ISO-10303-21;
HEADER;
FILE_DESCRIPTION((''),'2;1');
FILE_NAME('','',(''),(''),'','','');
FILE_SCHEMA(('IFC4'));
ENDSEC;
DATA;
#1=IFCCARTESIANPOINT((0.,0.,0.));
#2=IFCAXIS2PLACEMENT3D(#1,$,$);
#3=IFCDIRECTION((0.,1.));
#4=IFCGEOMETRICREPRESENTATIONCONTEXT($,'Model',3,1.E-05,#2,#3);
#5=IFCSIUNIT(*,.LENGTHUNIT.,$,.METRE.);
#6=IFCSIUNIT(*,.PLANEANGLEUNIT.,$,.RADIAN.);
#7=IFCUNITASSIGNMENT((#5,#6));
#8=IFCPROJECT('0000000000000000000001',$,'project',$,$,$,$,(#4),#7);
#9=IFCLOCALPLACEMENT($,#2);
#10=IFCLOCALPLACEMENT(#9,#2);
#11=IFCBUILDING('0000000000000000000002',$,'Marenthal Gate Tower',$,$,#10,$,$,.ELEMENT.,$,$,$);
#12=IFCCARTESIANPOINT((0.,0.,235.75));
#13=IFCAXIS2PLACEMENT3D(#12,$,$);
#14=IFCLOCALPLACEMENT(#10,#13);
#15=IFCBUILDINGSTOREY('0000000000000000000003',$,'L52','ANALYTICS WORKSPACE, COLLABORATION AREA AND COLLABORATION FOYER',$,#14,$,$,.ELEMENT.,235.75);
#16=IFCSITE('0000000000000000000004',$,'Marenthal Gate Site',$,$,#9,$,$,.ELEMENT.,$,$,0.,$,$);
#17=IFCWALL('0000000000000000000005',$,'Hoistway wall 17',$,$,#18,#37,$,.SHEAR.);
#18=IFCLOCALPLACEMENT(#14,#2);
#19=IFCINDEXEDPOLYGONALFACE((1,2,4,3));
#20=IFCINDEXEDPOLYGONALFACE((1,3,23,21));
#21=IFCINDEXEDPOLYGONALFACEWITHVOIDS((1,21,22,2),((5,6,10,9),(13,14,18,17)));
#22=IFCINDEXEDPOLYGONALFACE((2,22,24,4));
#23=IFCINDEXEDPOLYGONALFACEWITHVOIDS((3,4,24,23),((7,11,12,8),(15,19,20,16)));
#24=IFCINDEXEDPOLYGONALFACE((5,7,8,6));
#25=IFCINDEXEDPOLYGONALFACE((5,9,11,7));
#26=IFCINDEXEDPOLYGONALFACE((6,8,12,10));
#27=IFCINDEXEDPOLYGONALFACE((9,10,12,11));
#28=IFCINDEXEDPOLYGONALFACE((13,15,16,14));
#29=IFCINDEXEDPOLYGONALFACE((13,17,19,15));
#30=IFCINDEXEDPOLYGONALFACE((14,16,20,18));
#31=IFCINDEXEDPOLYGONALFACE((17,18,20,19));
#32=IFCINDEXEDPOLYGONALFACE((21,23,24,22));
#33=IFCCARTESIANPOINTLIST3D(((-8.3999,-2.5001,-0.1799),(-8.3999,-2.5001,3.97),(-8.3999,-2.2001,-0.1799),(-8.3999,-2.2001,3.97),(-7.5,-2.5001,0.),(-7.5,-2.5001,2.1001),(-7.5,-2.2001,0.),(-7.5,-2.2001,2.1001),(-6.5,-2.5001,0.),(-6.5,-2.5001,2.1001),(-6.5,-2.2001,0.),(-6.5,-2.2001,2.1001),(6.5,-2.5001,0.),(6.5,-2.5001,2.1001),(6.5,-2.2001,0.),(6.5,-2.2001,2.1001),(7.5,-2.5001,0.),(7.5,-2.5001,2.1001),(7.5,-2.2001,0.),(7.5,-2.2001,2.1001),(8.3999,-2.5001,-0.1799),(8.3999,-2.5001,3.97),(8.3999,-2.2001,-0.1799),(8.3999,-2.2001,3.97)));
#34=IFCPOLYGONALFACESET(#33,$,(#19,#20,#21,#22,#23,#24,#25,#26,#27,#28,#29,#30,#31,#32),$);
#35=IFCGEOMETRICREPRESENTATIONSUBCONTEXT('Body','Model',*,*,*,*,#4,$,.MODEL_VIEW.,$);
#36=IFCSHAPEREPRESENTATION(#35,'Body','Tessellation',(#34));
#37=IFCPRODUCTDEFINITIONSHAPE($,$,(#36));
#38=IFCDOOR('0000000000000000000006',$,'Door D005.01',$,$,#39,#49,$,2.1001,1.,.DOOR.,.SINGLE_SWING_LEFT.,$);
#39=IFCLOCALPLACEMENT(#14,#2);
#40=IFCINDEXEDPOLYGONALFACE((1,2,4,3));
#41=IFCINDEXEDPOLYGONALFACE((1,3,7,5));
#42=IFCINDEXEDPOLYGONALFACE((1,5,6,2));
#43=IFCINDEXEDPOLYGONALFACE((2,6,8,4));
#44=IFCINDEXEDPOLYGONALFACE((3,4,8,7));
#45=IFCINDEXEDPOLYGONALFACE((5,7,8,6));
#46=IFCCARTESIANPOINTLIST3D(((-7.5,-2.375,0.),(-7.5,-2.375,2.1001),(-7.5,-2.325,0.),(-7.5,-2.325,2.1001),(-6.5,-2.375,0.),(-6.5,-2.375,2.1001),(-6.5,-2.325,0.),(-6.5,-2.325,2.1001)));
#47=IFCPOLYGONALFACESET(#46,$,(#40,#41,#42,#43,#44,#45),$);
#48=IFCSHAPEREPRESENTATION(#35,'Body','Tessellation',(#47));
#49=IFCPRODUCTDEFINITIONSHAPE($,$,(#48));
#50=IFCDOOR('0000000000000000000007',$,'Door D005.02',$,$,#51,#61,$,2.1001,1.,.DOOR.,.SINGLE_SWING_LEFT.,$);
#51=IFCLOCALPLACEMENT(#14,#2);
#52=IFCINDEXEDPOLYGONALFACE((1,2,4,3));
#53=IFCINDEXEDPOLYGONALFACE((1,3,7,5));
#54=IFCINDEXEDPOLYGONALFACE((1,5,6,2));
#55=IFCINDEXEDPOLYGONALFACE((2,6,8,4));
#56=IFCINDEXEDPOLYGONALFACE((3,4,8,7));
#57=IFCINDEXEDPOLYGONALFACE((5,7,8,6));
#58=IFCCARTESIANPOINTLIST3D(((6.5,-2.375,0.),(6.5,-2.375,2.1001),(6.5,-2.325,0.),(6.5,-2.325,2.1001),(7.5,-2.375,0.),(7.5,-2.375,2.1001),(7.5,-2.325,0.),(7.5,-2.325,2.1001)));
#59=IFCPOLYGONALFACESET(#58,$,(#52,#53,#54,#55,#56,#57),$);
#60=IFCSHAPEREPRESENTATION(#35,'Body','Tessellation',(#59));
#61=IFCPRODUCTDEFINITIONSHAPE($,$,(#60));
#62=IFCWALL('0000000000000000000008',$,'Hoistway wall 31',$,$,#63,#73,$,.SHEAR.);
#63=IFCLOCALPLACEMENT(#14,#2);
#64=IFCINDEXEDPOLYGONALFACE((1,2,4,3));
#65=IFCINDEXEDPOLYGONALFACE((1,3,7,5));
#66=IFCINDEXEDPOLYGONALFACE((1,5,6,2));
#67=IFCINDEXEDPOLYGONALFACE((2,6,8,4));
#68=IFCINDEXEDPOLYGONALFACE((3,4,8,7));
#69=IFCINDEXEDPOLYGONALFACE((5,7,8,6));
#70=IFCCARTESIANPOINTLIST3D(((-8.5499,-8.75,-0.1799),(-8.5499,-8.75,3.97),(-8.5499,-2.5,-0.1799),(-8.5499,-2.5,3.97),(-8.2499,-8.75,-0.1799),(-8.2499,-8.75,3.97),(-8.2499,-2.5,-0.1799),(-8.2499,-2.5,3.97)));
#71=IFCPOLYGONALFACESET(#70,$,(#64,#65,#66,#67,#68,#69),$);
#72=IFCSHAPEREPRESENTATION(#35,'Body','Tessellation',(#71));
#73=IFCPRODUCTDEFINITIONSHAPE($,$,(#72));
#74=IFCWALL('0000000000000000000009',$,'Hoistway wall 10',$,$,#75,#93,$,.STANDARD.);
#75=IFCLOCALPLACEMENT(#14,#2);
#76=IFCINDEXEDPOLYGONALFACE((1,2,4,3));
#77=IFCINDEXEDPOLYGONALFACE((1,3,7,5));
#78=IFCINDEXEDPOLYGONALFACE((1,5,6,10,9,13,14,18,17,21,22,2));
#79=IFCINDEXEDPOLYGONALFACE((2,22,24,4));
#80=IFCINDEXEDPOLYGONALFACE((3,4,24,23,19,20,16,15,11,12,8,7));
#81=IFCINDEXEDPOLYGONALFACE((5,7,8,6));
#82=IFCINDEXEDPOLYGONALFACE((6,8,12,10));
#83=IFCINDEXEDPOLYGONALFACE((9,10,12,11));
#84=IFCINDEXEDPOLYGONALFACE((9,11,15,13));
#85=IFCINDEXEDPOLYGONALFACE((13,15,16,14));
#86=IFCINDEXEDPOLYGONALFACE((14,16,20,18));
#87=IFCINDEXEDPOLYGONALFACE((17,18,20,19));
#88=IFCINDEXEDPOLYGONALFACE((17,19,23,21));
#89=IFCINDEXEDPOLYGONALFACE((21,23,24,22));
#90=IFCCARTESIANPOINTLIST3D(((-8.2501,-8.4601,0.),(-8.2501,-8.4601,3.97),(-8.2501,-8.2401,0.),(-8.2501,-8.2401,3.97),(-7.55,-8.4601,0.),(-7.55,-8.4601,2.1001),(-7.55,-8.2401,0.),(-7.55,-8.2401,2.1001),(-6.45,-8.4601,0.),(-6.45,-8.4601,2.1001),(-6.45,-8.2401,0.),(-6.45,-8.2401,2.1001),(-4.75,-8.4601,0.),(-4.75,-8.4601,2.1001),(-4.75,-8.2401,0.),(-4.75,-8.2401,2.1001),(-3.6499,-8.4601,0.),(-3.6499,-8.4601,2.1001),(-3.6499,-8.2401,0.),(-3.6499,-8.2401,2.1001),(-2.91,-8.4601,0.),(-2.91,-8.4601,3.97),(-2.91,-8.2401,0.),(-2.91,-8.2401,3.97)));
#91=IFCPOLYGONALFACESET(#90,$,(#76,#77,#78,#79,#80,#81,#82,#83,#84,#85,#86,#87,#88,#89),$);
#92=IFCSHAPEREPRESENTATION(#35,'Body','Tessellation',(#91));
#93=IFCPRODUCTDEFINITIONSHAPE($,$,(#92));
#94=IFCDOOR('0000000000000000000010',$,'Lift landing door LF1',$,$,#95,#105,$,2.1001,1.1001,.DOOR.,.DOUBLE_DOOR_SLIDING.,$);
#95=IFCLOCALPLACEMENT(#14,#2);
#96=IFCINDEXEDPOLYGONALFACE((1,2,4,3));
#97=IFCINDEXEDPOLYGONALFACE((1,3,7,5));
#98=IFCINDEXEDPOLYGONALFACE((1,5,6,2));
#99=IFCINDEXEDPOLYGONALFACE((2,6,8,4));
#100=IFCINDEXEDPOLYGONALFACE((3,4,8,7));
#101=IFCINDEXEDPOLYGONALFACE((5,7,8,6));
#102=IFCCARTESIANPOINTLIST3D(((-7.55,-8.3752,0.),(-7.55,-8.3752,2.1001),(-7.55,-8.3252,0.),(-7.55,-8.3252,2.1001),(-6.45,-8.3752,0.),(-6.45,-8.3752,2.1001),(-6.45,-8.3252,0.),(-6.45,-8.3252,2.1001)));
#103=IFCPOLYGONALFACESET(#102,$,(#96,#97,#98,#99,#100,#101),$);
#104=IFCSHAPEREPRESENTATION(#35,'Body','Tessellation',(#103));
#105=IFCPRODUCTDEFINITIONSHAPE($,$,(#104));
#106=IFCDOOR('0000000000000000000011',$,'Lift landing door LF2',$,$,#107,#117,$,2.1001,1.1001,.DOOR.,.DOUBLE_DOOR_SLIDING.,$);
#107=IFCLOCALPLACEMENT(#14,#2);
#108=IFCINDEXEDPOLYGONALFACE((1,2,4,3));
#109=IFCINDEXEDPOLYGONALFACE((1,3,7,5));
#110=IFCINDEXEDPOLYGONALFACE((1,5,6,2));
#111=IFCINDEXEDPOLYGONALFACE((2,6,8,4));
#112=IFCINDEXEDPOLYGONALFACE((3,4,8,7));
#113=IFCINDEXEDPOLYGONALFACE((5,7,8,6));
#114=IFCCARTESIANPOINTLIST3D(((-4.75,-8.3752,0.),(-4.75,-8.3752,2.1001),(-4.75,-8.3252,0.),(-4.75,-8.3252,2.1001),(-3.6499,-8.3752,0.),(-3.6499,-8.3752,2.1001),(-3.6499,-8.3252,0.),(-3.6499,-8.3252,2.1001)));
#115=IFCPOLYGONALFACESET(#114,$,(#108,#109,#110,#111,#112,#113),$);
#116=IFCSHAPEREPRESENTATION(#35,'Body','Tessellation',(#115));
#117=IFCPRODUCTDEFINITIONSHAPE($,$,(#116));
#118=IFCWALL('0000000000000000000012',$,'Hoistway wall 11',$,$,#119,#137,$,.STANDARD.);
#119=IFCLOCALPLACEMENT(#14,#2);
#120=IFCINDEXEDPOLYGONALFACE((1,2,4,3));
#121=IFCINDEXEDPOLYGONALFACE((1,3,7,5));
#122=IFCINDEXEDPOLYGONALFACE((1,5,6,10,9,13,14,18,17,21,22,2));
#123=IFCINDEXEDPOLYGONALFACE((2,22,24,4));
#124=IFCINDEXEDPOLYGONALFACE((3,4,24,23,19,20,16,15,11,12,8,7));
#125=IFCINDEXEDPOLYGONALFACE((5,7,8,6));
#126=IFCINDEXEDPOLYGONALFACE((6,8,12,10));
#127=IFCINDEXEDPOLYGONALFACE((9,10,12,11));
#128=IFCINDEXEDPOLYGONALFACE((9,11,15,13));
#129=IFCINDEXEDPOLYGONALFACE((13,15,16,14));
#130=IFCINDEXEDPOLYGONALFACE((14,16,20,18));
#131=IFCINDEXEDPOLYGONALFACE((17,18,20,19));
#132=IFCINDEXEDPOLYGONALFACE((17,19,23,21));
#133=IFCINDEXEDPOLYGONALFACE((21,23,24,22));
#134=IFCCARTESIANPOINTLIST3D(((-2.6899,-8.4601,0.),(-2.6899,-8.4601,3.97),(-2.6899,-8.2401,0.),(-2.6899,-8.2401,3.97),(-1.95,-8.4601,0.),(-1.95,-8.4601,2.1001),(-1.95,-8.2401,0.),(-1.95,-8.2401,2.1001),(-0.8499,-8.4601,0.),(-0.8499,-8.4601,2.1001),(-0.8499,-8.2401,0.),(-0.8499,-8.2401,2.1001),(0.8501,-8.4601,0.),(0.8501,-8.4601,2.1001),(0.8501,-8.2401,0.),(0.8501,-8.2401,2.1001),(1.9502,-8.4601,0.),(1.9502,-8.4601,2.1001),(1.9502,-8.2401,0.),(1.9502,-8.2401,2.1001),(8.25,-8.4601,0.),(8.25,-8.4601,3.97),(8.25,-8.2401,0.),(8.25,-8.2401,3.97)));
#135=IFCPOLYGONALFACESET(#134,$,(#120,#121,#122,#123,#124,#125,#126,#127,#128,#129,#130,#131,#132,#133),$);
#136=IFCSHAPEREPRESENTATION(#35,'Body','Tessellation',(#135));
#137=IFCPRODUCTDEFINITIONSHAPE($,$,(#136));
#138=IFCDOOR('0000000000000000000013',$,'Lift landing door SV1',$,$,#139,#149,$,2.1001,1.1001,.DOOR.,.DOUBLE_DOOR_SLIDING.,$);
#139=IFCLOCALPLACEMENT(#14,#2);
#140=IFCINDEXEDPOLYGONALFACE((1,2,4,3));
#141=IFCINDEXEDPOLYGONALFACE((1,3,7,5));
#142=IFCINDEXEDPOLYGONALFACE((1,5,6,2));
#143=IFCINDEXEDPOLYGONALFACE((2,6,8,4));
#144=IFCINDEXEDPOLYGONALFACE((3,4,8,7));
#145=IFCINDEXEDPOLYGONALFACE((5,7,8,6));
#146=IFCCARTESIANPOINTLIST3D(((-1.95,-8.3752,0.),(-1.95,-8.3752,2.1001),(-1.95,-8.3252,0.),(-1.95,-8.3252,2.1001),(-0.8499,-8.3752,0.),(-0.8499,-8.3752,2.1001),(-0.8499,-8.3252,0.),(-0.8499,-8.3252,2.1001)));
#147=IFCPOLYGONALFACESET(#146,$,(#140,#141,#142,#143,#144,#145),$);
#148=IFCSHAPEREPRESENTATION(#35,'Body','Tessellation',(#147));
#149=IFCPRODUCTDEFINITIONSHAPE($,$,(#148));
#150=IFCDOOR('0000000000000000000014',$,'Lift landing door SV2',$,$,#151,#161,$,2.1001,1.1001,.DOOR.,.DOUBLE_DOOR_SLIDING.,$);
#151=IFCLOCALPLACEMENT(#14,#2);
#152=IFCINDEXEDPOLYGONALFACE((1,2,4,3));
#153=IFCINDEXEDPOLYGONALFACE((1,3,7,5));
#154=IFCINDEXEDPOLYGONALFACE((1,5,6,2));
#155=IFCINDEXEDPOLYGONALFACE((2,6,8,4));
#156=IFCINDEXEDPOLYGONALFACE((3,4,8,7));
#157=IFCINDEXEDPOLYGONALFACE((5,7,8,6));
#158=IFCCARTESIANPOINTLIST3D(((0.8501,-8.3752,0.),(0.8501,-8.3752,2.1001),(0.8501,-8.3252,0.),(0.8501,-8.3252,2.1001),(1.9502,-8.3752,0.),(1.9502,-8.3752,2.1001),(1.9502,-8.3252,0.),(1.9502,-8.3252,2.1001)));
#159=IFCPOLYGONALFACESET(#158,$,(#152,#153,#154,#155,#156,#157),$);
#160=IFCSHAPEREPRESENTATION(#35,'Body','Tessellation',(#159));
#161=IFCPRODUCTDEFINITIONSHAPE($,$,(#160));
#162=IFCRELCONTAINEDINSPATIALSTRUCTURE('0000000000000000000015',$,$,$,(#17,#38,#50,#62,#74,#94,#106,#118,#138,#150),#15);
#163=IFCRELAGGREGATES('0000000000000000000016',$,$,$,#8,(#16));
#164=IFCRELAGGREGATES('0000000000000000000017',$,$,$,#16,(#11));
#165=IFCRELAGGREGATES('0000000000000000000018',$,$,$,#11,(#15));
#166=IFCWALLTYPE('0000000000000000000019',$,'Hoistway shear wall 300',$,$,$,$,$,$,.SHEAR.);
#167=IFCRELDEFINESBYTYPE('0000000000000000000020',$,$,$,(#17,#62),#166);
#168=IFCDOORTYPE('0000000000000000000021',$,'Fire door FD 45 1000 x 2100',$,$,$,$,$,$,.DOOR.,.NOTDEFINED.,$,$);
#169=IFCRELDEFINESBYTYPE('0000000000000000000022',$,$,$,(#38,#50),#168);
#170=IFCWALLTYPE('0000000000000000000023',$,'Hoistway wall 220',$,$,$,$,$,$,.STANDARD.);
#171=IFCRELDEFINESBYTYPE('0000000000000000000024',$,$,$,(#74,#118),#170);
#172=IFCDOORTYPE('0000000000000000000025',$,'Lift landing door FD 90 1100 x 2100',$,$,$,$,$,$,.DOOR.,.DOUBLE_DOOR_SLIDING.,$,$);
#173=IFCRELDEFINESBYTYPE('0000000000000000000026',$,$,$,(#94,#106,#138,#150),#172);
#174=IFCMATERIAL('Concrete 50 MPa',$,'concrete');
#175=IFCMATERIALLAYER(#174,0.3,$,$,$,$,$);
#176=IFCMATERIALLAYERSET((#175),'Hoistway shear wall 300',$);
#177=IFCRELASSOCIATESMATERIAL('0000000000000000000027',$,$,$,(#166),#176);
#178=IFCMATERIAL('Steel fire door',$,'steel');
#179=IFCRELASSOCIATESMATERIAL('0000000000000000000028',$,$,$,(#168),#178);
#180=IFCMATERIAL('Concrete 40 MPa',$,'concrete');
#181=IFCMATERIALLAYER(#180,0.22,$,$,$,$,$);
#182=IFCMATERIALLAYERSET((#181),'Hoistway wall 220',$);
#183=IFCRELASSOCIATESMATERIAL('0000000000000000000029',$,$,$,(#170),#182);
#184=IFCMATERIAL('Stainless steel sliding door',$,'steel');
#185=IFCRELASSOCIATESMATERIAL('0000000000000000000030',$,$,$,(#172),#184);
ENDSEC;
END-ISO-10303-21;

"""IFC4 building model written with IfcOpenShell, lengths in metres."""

from ifc_helpers import new_model, si_unit, direction, frame, frame_2d, origin, place, context, subcontext, project, spatial, rectangle, extrude, material, layer, layer_set, type_object, element, fill, save


model = new_model("IFC4")

# Units and contexts
model_context = context("Model", 3, precision=1e-05, world=origin(), true_north=direction((0.0, 1.0)))
body_context = subcontext(model_context, "Body", "Model", "MODEL_VIEW")
ifc_project = project(units=[si_unit("LENGTHUNIT", "METRE"), si_unit("PLANEANGLEUNIT", "RADIAN")], contexts=[model_context])

# Site, building, storey
site_placement = place(None, origin())
site = spatial("IfcSite", under=ifc_project, at=site_placement, Name="Marenthal Gate Site", CompositionType="ELEMENT", RefElevation=0.0)
building_placement = place(site_placement, origin())
building = spatial("IfcBuilding", under=site, at=building_placement, Name="Marenthal Gate Tower", CompositionType="ELEMENT")
storey_placement = place(building_placement, frame((0.0, 0.0, 235.75)))
storey = spatial("IfcBuildingStorey", under=building, at=storey_placement, Name="L52", Description="ANALYTICS WORKSPACE, COLLABORATION AREA AND COLLABORATION FOYER", CompositionType="ELEMENT", Elevation=235.75)

# Wall, openings, doors
ifc_material_1 = material(Name="Concrete 50 MPa", Category="concrete")
ifc_layer_1 = layer(ifc_material_1, 0.3)
ifc_layer_set_1 = layer_set([ifc_layer_1], Name="Hoistway shear wall 300")
wall_type_1 = type_object("IfcWallType", Name="Hoistway shear wall 300", PredefinedType="SHEAR", material=ifc_layer_set_1)
wall_1_placement = place(storey_placement, frame((-8.3999, -2.3501, -0.1799), z_axis=(0.0, 0.0, 1.0), x_axis=(1.0, 0.0, 0.0)))
wall_1 = element("IfcWall", 1, at=wall_1_placement, inside=storey, type_object=wall_type_1, Name="Hoistway wall 17", PredefinedType="SHEAR", context=body_context, shape_type="SweptSolid", body=[
    extrude(rectangle(XDim=16.7998, YDim=0.3, at=frame_2d((8.3999, 0.0))), origin(), (0.0, 0.0, 1.0), 4.1499),
])
opening_1_placement = place(wall_1_placement, frame((0.8999, 0.0, 0.1799)))
opening_1 = element("IfcOpeningElement", 2, at=opening_1_placement, cuts=wall_1, PredefinedType="OPENING", context=body_context, shape_type="SweptSolid", body=[
    extrude(rectangle(XDim=1.0, YDim=2.1001, at=frame_2d((0.5, 1.05))), frame((0.0, 0.1602, 0.0), z_axis=(0.0, -1.0, 0.0), x_axis=(1.0, 0.0, 0.0)), (0.0, 0.0, 1.0), 0.3201),
])
opening_2_placement = place(wall_1_placement, frame((14.8999, 0.0, 0.1799)))
opening_2 = element("IfcOpeningElement", 3, at=opening_2_placement, cuts=wall_1, PredefinedType="OPENING", context=body_context, shape_type="SweptSolid", body=[
    extrude(rectangle(XDim=1.0, YDim=2.1001, at=frame_2d((0.5, 1.05))), frame((0.0, 0.1602, 0.0), z_axis=(0.0, -1.0, 0.0), x_axis=(1.0, 0.0, 0.0)), (0.0, 0.0, 1.0), 0.3201),
])
ifc_material_2 = material(Name="Steel fire door", Category="steel")
door_type_1 = type_object("IfcDoorType", Name="Fire door FD 45 1000 x 2100", OperationType="NOTDEFINED", PredefinedType="DOOR", material=ifc_material_2)
door_1_placement = place(opening_1_placement, frame((1.0, 0.0, 0.0), z_axis=(0.0, 0.0, 1.0), x_axis=(-1.0, 0.0, 0.0)))
door_1 = element("IfcDoor", 4, at=door_1_placement, inside=storey, type_object=door_type_1, Name="Door D005.01", OperationType="SINGLE_SWING_LEFT", OverallHeight=2.1001, OverallWidth=1.0, PredefinedType="DOOR", context=body_context, shape_type="SweptSolid", body=[
    extrude(rectangle(XDim=1.0, YDim=2.1001, at=frame_2d((0.5, 1.05))), frame((0.0, 0.0249, 0.0), z_axis=(0.0, -1.0, 0.0), x_axis=(1.0, 0.0, 0.0)), (0.0, 0.0, 1.0), 0.05),
])
fill(opening_1, door_1)
door_2_placement = place(opening_2_placement, frame((1.0, 0.0, 0.0), z_axis=(0.0, 0.0, 1.0), x_axis=(-1.0, 0.0, 0.0)))
door_2 = element("IfcDoor", 5, at=door_2_placement, inside=storey, type_object=door_type_1, Name="Door D005.02", OperationType="SINGLE_SWING_LEFT", OverallHeight=2.1001, OverallWidth=1.0, PredefinedType="DOOR", context=body_context, shape_type="SweptSolid", body=[
    extrude(rectangle(XDim=1.0, YDim=2.1001, at=frame_2d((0.5, 1.05))), frame((0.0, 0.0249, 0.0), z_axis=(0.0, -1.0, 0.0), x_axis=(1.0, 0.0, 0.0)), (0.0, 0.0, 1.0), 0.05),
])
fill(opening_2, door_2)

# Wall
wall_2_placement = place(storey_placement, frame((-8.3999, -8.75, -0.1799), z_axis=(0.0, 0.0, 1.0), x_axis=(0.0, 1.0, 0.0)))
element("IfcWall", 6, at=wall_2_placement, inside=storey, type_object=wall_type_1, Name="Hoistway wall 31", PredefinedType="SHEAR", context=body_context, shape_type="SweptSolid", body=[
    extrude(rectangle(XDim=6.25, YDim=0.3, at=frame_2d((3.125, 0.0))), origin(), (0.0, 0.0, 1.0), 4.1499),
])

# Walls, openings, doors
ifc_material_3 = material(Name="Concrete 40 MPa", Category="concrete")
ifc_layer_2 = layer(ifc_material_3, 0.22)
ifc_layer_set_2 = layer_set([ifc_layer_2], Name="Hoistway wall 220")
wall_type_2 = type_object("IfcWallType", Name="Hoistway wall 220", PredefinedType="STANDARD", material=ifc_layer_set_2)
wall_3_placement = place(storey_placement, frame((-8.25, -8.3501, 0.0), z_axis=(0.0, 0.0, 1.0), x_axis=(1.0, 0.0, 0.0)))
wall_3 = element("IfcWall", 7, at=wall_3_placement, inside=storey, type_object=wall_type_2, Name="Hoistway wall 10", PredefinedType="STANDARD", context=body_context, shape_type="SweptSolid", body=[
    extrude(rectangle(XDim=5.3401, YDim=0.22, at=frame_2d((2.6699, 0.0))), origin(), (0.0, 0.0, 1.0), 3.97),
])
opening_3_placement = place(wall_3_placement, frame((0.7, 0.0, 0.0)))
opening_3 = element("IfcOpeningElement", 8, at=opening_3_placement, cuts=wall_3, PredefinedType="OPENING", context=body_context, shape_type="SweptSolid", body=[
    extrude(rectangle(XDim=1.1001, YDim=2.1001, at=frame_2d((0.55, 1.05))), frame((0.0, 0.1201, 0.0), z_axis=(0.0, -1.0, 0.0), x_axis=(1.0, 0.0, 0.0)), (0.0, 0.0, 1.0), 0.24),
])
opening_4_placement = place(wall_3_placement, frame((3.5, 0.0, 0.0)))
opening_4 = element("IfcOpeningElement", 9, at=opening_4_placement, cuts=wall_3, PredefinedType="OPENING", context=body_context, shape_type="SweptSolid", body=[
    extrude(rectangle(XDim=1.1001, YDim=2.1001, at=frame_2d((0.55, 1.05))), frame((0.0, 0.1201, 0.0), z_axis=(0.0, -1.0, 0.0), x_axis=(1.0, 0.0, 0.0)), (0.0, 0.0, 1.0), 0.24),
])
ifc_material_4 = material(Name="Stainless steel sliding door", Category="steel")
door_type_2 = type_object("IfcDoorType", Name="Lift landing door FD 90 1100 x 2100", OperationType="DOUBLE_DOOR_SLIDING", PredefinedType="DOOR", material=ifc_material_4)
door_3_placement = place(opening_3_placement, origin())
door_3 = element("IfcDoor", 10, at=door_3_placement, inside=storey, type_object=door_type_2, Name="Lift landing door LF1", OperationType="DOUBLE_DOOR_SLIDING", OverallHeight=2.1001, OverallWidth=1.1001, PredefinedType="DOOR", context=body_context, shape_type="SweptSolid", body=[
    extrude(rectangle(XDim=1.1001, YDim=2.1001, at=frame_2d((0.55, 1.05))), frame((0.0, 0.0249, 0.0), z_axis=(0.0, -1.0, 0.0), x_axis=(1.0, 0.0, 0.0)), (0.0, 0.0, 1.0), 0.05),
])
fill(opening_3, door_3)
door_4_placement = place(opening_4_placement, origin())
door_4 = element("IfcDoor", 11, at=door_4_placement, inside=storey, type_object=door_type_2, Name="Lift landing door LF2", OperationType="DOUBLE_DOOR_SLIDING", OverallHeight=2.1001, OverallWidth=1.1001, PredefinedType="DOOR", context=body_context, shape_type="SweptSolid", body=[
    extrude(rectangle(XDim=1.1001, YDim=2.1001, at=frame_2d((0.55, 1.05))), frame((0.0, 0.0249, 0.0), z_axis=(0.0, -1.0, 0.0), x_axis=(1.0, 0.0, 0.0)), (0.0, 0.0, 1.0), 0.05),
])
fill(opening_4, door_4)
wall_4_placement = place(storey_placement, frame((-2.6899, -8.3501, 0.0), z_axis=(0.0, 0.0, 1.0), x_axis=(1.0, 0.0, 0.0)))
wall_4 = element("IfcWall", 12, at=wall_4_placement, inside=storey, type_object=wall_type_2, Name="Hoistway wall 11", PredefinedType="STANDARD", context=body_context, shape_type="SweptSolid", body=[
    extrude(rectangle(XDim=10.9399, YDim=0.22, at=frame_2d((5.47, 0.0))), origin(), (0.0, 0.0, 1.0), 3.97),
])
opening_5_placement = place(wall_4_placement, frame((0.74, 0.0, 0.0)))
opening_5 = element("IfcOpeningElement", 13, at=opening_5_placement, cuts=wall_4, PredefinedType="OPENING", context=body_context, shape_type="SweptSolid", body=[
    extrude(rectangle(XDim=1.1001, YDim=2.1001, at=frame_2d((0.55, 1.05))), frame((0.0, 0.1201, 0.0), z_axis=(0.0, -1.0, 0.0), x_axis=(1.0, 0.0, 0.0)), (0.0, 0.0, 1.0), 0.24),
])
opening_6_placement = place(wall_4_placement, frame((3.54, 0.0, 0.0)))
opening_6 = element("IfcOpeningElement", 14, at=opening_6_placement, cuts=wall_4, PredefinedType="OPENING", context=body_context, shape_type="SweptSolid", body=[
    extrude(rectangle(XDim=1.1001, YDim=2.1001, at=frame_2d((0.55, 1.05))), frame((0.0, 0.1201, 0.0), z_axis=(0.0, -1.0, 0.0), x_axis=(1.0, 0.0, 0.0)), (0.0, 0.0, 1.0), 0.24),
])
door_5_placement = place(opening_5_placement, origin())
door_5 = element("IfcDoor", 15, at=door_5_placement, inside=storey, type_object=door_type_2, Name="Lift landing door SV1", OperationType="DOUBLE_DOOR_SLIDING", OverallHeight=2.1001, OverallWidth=1.1001, PredefinedType="DOOR", context=body_context, shape_type="SweptSolid", body=[
    extrude(rectangle(XDim=1.1001, YDim=2.1001, at=frame_2d((0.55, 1.05))), frame((0.0, 0.0249, 0.0), z_axis=(0.0, -1.0, 0.0), x_axis=(1.0, 0.0, 0.0)), (0.0, 0.0, 1.0), 0.05),
])
fill(opening_5, door_5)
door_6_placement = place(opening_6_placement, origin())
door_6 = element("IfcDoor", 16, at=door_6_placement, inside=storey, type_object=door_type_2, Name="Lift landing door SV2", OperationType="DOUBLE_DOOR_SLIDING", OverallHeight=2.1001, OverallWidth=1.1001, PredefinedType="DOOR", context=body_context, shape_type="SweptSolid", body=[
    extrude(rectangle(XDim=1.1001, YDim=2.1001, at=frame_2d((0.55, 1.05))), frame((0.0, 0.0249, 0.0), z_axis=(0.0, -1.0, 0.0), x_axis=(1.0, 0.0, 0.0)), (0.0, 0.0, 1.0), 0.05),
])
fill(opening_6, door_6)

save(model, "model.ifc")
